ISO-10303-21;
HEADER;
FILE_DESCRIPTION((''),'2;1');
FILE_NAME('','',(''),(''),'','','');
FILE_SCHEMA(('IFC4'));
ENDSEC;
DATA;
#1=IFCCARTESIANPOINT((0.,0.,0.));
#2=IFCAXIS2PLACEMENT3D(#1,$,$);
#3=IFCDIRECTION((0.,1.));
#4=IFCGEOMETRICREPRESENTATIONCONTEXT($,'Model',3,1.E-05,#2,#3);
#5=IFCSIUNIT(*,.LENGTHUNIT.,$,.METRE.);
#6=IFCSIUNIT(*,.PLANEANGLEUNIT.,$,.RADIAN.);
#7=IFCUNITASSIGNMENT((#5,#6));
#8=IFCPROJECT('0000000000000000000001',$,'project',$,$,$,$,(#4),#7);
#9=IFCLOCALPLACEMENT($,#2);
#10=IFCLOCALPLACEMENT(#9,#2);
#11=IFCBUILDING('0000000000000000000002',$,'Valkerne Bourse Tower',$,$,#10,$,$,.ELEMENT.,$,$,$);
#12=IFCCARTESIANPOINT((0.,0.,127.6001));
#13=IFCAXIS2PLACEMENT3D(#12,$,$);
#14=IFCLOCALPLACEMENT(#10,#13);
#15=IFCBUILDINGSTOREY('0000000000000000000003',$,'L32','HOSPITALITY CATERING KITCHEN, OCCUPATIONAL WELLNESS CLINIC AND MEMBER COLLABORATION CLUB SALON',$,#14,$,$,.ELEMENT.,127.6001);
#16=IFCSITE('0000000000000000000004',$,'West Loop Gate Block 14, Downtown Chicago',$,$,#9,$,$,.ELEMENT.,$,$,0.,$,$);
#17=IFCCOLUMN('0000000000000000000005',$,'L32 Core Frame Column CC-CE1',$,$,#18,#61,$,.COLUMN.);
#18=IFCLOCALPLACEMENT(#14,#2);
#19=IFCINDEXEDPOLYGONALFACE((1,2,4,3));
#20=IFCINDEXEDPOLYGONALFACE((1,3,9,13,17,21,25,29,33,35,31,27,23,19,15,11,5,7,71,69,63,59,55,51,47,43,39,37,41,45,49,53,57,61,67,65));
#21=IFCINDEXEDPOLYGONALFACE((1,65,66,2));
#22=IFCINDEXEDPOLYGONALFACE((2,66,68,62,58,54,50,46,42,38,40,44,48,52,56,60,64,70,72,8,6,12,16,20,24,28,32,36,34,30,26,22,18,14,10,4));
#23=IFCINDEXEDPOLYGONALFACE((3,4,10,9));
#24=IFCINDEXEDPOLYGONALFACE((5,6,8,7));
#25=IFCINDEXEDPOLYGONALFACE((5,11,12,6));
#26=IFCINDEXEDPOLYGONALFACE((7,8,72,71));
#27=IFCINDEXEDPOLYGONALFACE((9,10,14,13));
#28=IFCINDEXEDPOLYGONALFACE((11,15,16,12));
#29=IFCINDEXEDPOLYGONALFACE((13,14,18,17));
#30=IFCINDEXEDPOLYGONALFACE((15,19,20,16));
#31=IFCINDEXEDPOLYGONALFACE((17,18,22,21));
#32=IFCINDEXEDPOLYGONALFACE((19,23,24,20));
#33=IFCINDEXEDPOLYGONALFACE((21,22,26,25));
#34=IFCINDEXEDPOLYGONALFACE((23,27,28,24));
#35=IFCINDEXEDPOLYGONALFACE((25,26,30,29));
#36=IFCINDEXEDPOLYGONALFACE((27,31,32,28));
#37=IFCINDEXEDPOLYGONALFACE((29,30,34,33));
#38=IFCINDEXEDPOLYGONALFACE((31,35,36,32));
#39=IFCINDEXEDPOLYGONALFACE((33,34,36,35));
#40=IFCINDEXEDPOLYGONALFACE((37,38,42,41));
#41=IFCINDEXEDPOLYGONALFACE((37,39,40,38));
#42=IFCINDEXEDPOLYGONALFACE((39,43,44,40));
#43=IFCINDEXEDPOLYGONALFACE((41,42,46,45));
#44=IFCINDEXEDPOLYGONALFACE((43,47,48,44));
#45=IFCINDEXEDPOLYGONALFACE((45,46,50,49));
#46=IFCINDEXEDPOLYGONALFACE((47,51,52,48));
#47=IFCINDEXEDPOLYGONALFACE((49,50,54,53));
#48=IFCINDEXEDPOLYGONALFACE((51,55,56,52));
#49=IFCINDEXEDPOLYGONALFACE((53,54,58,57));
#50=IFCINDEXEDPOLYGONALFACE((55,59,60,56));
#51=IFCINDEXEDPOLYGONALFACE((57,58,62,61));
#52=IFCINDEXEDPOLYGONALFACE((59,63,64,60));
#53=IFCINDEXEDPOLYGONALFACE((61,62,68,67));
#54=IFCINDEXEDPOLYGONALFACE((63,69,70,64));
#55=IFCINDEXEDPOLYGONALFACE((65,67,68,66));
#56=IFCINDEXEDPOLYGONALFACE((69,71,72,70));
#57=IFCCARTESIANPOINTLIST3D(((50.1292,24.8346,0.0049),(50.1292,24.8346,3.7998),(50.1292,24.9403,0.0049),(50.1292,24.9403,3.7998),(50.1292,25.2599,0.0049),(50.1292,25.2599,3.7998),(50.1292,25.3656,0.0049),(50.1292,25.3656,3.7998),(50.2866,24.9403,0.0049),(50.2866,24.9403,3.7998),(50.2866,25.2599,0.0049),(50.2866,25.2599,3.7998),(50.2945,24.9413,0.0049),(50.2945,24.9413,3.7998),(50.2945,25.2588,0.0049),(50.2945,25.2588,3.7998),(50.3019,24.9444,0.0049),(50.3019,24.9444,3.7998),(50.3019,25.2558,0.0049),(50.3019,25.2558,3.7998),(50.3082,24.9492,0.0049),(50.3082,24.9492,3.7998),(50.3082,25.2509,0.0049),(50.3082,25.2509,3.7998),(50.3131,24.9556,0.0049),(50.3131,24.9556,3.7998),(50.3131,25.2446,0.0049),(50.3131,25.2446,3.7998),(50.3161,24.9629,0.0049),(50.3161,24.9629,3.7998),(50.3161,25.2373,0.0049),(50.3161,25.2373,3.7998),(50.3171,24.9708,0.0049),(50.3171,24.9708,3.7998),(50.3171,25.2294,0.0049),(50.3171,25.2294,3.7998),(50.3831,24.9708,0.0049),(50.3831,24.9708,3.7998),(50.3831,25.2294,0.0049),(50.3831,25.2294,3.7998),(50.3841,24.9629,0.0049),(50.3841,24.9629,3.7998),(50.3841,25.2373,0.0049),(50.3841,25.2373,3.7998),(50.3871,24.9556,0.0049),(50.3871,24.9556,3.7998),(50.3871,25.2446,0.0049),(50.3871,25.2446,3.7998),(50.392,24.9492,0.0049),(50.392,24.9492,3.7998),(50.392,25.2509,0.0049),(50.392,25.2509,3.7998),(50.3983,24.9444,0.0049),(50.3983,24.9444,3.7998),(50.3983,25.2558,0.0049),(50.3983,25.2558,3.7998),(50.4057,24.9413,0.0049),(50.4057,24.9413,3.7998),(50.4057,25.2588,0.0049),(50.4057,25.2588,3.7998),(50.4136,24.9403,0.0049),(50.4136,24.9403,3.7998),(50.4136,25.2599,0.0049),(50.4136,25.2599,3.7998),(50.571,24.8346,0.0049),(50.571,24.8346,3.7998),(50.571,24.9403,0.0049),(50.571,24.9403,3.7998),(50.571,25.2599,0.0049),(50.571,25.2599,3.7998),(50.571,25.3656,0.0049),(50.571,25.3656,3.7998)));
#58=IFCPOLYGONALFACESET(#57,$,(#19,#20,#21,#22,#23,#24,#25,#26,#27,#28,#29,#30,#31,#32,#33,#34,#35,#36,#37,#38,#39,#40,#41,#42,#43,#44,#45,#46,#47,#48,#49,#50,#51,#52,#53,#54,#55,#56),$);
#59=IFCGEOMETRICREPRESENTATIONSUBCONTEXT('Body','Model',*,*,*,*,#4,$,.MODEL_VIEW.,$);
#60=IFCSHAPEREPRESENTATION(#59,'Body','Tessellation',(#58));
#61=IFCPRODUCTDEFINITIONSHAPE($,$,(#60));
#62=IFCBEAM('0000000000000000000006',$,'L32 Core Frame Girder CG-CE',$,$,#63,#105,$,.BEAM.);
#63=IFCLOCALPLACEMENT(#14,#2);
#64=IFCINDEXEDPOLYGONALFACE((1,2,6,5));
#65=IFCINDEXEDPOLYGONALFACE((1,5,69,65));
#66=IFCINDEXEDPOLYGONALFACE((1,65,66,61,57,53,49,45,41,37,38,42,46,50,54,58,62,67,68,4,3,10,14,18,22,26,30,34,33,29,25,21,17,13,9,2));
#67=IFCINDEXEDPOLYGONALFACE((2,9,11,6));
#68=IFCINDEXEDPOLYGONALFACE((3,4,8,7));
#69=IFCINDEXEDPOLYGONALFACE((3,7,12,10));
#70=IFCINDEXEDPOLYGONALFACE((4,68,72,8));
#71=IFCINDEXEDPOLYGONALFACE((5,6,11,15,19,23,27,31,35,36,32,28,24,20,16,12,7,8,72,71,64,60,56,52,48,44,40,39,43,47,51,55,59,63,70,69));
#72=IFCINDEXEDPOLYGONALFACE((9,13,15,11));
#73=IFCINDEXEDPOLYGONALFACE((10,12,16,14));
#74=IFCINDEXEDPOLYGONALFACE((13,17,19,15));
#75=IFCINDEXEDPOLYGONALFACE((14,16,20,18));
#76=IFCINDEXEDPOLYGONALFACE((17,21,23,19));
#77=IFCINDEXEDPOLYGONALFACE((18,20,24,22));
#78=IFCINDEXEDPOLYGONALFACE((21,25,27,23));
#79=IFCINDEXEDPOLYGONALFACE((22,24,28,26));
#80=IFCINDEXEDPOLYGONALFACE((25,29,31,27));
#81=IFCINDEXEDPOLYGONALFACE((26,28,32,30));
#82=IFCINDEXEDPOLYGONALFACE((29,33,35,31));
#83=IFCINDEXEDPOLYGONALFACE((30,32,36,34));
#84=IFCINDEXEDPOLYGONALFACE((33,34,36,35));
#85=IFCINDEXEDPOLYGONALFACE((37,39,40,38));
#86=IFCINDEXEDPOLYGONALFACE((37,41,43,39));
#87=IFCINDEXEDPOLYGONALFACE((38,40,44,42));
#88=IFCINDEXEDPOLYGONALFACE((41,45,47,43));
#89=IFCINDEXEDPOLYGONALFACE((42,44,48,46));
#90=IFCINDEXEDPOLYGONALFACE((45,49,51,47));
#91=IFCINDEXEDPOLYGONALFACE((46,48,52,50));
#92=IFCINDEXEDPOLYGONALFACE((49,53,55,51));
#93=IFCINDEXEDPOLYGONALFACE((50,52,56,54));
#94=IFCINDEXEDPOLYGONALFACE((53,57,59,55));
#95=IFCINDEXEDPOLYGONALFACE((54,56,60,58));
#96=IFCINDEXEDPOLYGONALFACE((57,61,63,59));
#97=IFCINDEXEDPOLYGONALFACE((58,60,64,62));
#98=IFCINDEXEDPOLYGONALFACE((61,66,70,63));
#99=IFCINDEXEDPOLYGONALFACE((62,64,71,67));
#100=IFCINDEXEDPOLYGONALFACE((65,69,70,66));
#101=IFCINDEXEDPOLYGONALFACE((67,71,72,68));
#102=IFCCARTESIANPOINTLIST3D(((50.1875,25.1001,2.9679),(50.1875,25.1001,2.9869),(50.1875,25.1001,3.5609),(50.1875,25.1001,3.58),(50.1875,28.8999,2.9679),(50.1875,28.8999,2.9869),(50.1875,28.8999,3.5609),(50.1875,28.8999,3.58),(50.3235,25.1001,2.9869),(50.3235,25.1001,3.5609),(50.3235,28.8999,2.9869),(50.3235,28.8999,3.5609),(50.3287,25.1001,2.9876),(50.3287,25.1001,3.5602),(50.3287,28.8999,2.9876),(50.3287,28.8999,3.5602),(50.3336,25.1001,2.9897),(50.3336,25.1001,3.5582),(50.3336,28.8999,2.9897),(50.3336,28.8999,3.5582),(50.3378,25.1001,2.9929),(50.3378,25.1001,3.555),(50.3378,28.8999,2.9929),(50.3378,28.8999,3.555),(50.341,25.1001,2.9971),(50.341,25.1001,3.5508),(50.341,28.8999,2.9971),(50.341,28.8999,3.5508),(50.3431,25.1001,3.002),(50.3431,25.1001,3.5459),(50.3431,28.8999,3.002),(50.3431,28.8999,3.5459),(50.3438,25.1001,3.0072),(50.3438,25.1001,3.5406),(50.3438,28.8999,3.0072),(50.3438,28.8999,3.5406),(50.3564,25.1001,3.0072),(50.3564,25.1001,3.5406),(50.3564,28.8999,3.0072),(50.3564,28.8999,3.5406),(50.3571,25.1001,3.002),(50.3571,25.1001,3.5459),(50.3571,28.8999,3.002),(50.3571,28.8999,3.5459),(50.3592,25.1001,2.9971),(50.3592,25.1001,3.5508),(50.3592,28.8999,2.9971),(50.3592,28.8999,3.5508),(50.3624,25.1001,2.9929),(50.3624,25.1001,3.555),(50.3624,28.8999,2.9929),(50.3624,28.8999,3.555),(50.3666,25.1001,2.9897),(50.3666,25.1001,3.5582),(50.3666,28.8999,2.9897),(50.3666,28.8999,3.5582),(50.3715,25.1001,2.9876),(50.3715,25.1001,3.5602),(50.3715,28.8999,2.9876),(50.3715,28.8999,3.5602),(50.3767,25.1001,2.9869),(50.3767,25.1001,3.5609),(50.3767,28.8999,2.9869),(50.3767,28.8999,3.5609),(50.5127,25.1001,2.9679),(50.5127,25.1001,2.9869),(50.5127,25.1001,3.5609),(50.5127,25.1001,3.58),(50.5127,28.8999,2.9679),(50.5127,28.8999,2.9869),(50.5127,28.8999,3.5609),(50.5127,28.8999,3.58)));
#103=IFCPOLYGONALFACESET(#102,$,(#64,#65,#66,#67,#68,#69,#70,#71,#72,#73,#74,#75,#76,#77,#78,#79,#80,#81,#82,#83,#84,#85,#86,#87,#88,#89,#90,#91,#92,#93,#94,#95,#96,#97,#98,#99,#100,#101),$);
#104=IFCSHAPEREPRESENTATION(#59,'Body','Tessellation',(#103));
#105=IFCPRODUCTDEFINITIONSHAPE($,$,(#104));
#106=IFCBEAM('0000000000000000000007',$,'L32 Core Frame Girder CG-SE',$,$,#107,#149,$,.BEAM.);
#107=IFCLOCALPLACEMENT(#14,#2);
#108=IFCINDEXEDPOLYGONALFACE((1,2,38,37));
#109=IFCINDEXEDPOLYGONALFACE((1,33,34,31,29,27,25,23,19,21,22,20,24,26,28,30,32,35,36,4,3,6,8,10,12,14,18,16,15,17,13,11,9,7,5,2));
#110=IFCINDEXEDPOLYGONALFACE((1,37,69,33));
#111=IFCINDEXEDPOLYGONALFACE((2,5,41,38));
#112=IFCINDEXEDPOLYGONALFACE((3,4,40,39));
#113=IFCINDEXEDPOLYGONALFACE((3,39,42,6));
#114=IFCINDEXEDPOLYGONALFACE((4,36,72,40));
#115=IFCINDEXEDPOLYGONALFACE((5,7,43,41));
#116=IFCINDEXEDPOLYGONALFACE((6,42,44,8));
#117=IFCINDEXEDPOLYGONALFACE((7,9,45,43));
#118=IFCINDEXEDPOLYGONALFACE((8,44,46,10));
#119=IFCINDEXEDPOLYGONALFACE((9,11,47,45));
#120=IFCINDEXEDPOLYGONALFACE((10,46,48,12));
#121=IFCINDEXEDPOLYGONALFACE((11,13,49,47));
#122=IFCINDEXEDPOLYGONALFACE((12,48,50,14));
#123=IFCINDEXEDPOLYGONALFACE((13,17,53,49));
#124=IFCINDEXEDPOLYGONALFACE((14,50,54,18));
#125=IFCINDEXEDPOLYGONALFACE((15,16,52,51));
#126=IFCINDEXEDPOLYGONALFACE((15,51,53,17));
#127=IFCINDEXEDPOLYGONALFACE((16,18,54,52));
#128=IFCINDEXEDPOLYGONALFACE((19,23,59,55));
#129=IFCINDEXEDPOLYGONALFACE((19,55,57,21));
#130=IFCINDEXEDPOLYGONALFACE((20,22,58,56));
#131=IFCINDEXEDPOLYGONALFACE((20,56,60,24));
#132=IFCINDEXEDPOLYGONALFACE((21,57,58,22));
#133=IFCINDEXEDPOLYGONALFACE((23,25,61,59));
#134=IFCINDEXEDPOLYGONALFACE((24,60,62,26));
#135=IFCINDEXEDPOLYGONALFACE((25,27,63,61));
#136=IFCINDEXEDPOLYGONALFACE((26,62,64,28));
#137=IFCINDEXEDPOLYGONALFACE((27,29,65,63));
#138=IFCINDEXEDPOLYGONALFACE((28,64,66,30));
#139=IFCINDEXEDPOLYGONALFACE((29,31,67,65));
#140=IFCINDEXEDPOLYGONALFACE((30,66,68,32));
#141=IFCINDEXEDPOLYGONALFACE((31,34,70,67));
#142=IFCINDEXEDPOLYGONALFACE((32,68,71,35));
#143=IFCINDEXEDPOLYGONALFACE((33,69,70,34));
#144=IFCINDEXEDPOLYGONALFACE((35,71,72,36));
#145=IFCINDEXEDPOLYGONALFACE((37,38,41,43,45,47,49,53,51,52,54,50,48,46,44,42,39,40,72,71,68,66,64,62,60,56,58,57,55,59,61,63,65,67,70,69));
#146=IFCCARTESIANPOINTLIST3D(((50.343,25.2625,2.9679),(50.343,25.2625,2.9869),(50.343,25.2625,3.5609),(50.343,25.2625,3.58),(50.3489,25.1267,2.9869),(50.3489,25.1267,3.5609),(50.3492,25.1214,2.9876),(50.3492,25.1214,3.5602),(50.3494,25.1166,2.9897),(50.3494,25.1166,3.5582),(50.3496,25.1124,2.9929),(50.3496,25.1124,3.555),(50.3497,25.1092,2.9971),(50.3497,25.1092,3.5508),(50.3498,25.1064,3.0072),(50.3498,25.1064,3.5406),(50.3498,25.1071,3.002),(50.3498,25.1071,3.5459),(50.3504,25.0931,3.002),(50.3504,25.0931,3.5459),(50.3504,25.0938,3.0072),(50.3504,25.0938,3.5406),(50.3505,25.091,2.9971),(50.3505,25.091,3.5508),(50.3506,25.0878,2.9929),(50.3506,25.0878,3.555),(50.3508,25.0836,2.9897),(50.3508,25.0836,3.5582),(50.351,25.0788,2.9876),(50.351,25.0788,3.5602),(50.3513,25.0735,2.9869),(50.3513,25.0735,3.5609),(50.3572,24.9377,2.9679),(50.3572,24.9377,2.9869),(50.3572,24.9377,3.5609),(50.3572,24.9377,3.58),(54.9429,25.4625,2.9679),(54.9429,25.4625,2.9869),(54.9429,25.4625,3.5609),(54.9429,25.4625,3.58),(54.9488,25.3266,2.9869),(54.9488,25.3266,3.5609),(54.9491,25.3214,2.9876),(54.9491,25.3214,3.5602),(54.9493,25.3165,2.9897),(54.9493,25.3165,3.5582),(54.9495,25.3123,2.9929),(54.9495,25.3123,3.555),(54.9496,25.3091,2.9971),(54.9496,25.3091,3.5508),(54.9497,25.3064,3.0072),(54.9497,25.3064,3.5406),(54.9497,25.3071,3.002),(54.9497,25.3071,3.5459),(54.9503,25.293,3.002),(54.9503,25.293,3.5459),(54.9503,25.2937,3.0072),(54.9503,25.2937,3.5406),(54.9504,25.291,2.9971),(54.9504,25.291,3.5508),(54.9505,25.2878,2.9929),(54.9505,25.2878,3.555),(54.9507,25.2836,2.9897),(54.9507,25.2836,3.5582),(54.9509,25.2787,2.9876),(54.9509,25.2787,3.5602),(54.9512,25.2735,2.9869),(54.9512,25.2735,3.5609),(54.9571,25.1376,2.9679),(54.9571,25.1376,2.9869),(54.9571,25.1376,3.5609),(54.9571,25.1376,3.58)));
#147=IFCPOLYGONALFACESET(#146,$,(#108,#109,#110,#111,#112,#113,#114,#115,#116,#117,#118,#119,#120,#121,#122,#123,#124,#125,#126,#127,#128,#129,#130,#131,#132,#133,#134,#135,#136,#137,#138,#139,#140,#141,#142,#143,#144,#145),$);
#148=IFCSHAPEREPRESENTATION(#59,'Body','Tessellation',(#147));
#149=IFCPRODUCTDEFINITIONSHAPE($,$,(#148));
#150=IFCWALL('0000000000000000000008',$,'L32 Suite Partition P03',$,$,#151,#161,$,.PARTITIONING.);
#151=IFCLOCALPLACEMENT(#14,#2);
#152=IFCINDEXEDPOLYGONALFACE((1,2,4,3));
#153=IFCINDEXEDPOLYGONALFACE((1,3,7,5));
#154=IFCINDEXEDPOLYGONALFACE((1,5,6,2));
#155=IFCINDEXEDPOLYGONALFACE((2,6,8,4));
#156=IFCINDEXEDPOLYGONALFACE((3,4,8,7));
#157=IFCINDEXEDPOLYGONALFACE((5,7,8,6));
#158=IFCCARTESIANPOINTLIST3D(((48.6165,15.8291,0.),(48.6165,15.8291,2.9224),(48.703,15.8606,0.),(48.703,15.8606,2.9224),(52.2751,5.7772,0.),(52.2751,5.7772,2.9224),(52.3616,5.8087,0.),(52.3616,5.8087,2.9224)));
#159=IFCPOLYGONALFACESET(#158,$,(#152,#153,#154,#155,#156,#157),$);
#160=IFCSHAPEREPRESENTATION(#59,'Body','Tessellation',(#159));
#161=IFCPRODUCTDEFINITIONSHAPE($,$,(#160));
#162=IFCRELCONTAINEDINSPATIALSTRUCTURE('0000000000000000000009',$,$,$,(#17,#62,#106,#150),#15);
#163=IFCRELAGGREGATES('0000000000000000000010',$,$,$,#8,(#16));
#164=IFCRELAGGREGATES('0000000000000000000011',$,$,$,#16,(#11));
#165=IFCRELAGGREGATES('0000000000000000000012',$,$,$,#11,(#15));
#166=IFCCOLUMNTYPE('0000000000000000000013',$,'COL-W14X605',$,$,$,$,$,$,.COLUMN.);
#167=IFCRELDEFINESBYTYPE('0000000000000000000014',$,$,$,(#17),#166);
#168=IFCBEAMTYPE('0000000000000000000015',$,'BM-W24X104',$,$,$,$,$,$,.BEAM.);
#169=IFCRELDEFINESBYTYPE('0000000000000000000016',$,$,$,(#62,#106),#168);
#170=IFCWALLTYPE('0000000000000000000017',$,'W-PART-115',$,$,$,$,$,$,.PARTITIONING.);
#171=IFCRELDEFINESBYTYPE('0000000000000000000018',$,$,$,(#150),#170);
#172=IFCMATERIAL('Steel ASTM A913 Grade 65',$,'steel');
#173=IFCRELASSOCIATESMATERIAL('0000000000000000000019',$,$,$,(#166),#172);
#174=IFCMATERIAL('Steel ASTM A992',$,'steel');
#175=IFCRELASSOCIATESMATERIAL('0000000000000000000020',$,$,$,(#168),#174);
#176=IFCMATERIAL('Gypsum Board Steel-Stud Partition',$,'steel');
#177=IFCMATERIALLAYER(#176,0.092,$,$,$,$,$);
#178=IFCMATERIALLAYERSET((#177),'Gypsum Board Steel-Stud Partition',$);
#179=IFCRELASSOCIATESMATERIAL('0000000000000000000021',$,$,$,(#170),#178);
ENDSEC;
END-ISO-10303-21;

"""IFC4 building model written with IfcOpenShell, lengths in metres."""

from ifc_helpers import new_model, si_unit, direction, frame, frame_2d, origin, origin_2d, place, context, subcontext, project, spatial, rectangle, i_section, extrude, material, layer, layer_set, material_profile, profile_set, type_object, element, save


model = new_model("IFC4")

# Units and contexts
model_context = context("Model", 3, precision=1e-05, world=origin(), true_north=direction((0.0, 1.0)))
body_context = subcontext(model_context, "Body", "Model", "MODEL_VIEW")
ifc_project = project(units=[si_unit("LENGTHUNIT", "METRE"), si_unit("PLANEANGLEUNIT", "RADIAN")], contexts=[model_context])

# Site, building, storey
site_placement = place(None, origin())
site = spatial("IfcSite", under=ifc_project, at=site_placement, Name="West Loop Gate Block 14, Downtown Chicago", CompositionType="ELEMENT", RefElevation=0.0)
building_placement = place(site_placement, origin())
building = spatial("IfcBuilding", under=site, at=building_placement, Name="Valkerne Bourse Tower", CompositionType="ELEMENT")
storey_placement = place(building_placement, frame((0.0, 0.0, 127.6001)))
storey = spatial("IfcBuildingStorey", under=building, at=storey_placement, Name="L32", Description="HOSPITALITY CATERING KITCHEN, OCCUPATIONAL WELLNESS CLINIC AND MEMBER COLLABORATION CLUB SALON", CompositionType="ELEMENT", Elevation=127.6001)

# Column
ifc_material_1 = material(Name="Steel ASTM A913 Grade 65", Category="steel")
ifc_material_profile_1 = material_profile(ifc_material_1, i_section(OverallWidth=0.4419, OverallDepth=0.531, WebThickness=0.0659, FlangeThickness=0.1057, FilletRadius=0.0305, at=origin_2d()), Name="W14X605")
ifc_profile_set_1 = profile_set([ifc_material_profile_1], Name="Steel ASTM A913 Grade 65")
column_type = type_object("IfcColumnType", Name="COL-W14X605", PredefinedType="COLUMN", material=ifc_profile_set_1)
column_placement = place(storey_placement, frame((50.3501, 25.1001, 0.0049), z_axis=(0.0, 0.0, 1.0), x_axis=(1.0, 0.0, 0.0)))
element("IfcColumn", 1, at=column_placement, inside=storey, type_object=column_type, Name="L32 Core Frame Column CC-CE1", PredefinedType="COLUMN", context=body_context, shape_type="SweptSolid", body=[
    extrude(i_section(OverallWidth=0.4419, OverallDepth=0.531, WebThickness=0.0659, FlangeThickness=0.1057, FilletRadius=0.0305, at=origin_2d()), origin(), (0.0, 0.0, 1.0), 3.7949),
])

# Beams
ifc_material_2 = material(Name="Steel ASTM A992", Category="steel")
ifc_material_profile_2 = material_profile(ifc_material_2, i_section(OverallWidth=0.3252, OverallDepth=0.6121, WebThickness=0.0127, FlangeThickness=0.019, FilletRadius=0.0203, at=origin_2d()), Name="W24X104")
ifc_profile_set_2 = profile_set([ifc_material_profile_2], Name="Steel ASTM A992")
beam_type = type_object("IfcBeamType", Name="BM-W24X104", PredefinedType="BEAM", material=ifc_profile_set_2)
beam_1_placement = place(storey_placement, frame((50.3501, 25.1001, 3.2739), z_axis=(0.0, 1.0, 0.0), x_axis=(-1.0, 0.0, 0.0)))
element("IfcBeam", 2, at=beam_1_placement, inside=storey, type_object=beam_type, Name="L32 Core Frame Girder CG-CE", PredefinedType="BEAM", context=body_context, shape_type="SweptSolid", body=[
    extrude(i_section(OverallWidth=0.3252, OverallDepth=0.6121, WebThickness=0.0127, FlangeThickness=0.019, FilletRadius=0.0203, at=origin_2d()), origin(), (0.0, 0.0, 1.0), 3.7998),
])
beam_2_placement = place(storey_placement, frame((50.3501, 25.1001, 3.2739), z_axis=(0.999057, 0.043428, 0.0), x_axis=(-0.043428, 0.999057, 0.0)))
element("IfcBeam", 3, at=beam_2_placement, inside=storey, type_object=beam_type, Name="L32 Core Frame Girder CG-SE", PredefinedType="BEAM", context=body_context, shape_type="SweptSolid", body=[
    extrude(i_section(OverallWidth=0.3252, OverallDepth=0.6121, WebThickness=0.0127, FlangeThickness=0.019, FilletRadius=0.0203, at=origin_2d()), origin(), (0.0, 0.0, 1.0), 4.6042),
])

# Wall
ifc_material_3 = material(Name="Gypsum Board Steel-Stud Partition", Category="steel")
ifc_layer_1 = layer(ifc_material_3, 0.092)
ifc_layer_set_1 = layer_set([ifc_layer_1], Name="Gypsum Board Steel-Stud Partition")
wall_type_1 = type_object("IfcWallType", Name="W-PART-115", PredefinedType="PARTITIONING", material=ifc_layer_set_1)
wall_1_placement = place(storey_placement, frame((48.6597, 15.845, 0.0), z_axis=(0.0, 0.0, 1.0), x_axis=(0.342025, -0.939691, 0.0)))
element("IfcWall", 4, at=wall_1_placement, inside=storey, type_object=wall_type_1, Name="L32 Suite Partition P03", PredefinedType="PARTITIONING", context=body_context, shape_type="SweptSolid", body=[
    extrude(rectangle(XDim=10.697, YDim=0.092, at=frame_2d((5.3486, 0.0))), origin(), (0.0, 0.0, 1.0), 2.9224),
])

save(model, "model.ifc")
